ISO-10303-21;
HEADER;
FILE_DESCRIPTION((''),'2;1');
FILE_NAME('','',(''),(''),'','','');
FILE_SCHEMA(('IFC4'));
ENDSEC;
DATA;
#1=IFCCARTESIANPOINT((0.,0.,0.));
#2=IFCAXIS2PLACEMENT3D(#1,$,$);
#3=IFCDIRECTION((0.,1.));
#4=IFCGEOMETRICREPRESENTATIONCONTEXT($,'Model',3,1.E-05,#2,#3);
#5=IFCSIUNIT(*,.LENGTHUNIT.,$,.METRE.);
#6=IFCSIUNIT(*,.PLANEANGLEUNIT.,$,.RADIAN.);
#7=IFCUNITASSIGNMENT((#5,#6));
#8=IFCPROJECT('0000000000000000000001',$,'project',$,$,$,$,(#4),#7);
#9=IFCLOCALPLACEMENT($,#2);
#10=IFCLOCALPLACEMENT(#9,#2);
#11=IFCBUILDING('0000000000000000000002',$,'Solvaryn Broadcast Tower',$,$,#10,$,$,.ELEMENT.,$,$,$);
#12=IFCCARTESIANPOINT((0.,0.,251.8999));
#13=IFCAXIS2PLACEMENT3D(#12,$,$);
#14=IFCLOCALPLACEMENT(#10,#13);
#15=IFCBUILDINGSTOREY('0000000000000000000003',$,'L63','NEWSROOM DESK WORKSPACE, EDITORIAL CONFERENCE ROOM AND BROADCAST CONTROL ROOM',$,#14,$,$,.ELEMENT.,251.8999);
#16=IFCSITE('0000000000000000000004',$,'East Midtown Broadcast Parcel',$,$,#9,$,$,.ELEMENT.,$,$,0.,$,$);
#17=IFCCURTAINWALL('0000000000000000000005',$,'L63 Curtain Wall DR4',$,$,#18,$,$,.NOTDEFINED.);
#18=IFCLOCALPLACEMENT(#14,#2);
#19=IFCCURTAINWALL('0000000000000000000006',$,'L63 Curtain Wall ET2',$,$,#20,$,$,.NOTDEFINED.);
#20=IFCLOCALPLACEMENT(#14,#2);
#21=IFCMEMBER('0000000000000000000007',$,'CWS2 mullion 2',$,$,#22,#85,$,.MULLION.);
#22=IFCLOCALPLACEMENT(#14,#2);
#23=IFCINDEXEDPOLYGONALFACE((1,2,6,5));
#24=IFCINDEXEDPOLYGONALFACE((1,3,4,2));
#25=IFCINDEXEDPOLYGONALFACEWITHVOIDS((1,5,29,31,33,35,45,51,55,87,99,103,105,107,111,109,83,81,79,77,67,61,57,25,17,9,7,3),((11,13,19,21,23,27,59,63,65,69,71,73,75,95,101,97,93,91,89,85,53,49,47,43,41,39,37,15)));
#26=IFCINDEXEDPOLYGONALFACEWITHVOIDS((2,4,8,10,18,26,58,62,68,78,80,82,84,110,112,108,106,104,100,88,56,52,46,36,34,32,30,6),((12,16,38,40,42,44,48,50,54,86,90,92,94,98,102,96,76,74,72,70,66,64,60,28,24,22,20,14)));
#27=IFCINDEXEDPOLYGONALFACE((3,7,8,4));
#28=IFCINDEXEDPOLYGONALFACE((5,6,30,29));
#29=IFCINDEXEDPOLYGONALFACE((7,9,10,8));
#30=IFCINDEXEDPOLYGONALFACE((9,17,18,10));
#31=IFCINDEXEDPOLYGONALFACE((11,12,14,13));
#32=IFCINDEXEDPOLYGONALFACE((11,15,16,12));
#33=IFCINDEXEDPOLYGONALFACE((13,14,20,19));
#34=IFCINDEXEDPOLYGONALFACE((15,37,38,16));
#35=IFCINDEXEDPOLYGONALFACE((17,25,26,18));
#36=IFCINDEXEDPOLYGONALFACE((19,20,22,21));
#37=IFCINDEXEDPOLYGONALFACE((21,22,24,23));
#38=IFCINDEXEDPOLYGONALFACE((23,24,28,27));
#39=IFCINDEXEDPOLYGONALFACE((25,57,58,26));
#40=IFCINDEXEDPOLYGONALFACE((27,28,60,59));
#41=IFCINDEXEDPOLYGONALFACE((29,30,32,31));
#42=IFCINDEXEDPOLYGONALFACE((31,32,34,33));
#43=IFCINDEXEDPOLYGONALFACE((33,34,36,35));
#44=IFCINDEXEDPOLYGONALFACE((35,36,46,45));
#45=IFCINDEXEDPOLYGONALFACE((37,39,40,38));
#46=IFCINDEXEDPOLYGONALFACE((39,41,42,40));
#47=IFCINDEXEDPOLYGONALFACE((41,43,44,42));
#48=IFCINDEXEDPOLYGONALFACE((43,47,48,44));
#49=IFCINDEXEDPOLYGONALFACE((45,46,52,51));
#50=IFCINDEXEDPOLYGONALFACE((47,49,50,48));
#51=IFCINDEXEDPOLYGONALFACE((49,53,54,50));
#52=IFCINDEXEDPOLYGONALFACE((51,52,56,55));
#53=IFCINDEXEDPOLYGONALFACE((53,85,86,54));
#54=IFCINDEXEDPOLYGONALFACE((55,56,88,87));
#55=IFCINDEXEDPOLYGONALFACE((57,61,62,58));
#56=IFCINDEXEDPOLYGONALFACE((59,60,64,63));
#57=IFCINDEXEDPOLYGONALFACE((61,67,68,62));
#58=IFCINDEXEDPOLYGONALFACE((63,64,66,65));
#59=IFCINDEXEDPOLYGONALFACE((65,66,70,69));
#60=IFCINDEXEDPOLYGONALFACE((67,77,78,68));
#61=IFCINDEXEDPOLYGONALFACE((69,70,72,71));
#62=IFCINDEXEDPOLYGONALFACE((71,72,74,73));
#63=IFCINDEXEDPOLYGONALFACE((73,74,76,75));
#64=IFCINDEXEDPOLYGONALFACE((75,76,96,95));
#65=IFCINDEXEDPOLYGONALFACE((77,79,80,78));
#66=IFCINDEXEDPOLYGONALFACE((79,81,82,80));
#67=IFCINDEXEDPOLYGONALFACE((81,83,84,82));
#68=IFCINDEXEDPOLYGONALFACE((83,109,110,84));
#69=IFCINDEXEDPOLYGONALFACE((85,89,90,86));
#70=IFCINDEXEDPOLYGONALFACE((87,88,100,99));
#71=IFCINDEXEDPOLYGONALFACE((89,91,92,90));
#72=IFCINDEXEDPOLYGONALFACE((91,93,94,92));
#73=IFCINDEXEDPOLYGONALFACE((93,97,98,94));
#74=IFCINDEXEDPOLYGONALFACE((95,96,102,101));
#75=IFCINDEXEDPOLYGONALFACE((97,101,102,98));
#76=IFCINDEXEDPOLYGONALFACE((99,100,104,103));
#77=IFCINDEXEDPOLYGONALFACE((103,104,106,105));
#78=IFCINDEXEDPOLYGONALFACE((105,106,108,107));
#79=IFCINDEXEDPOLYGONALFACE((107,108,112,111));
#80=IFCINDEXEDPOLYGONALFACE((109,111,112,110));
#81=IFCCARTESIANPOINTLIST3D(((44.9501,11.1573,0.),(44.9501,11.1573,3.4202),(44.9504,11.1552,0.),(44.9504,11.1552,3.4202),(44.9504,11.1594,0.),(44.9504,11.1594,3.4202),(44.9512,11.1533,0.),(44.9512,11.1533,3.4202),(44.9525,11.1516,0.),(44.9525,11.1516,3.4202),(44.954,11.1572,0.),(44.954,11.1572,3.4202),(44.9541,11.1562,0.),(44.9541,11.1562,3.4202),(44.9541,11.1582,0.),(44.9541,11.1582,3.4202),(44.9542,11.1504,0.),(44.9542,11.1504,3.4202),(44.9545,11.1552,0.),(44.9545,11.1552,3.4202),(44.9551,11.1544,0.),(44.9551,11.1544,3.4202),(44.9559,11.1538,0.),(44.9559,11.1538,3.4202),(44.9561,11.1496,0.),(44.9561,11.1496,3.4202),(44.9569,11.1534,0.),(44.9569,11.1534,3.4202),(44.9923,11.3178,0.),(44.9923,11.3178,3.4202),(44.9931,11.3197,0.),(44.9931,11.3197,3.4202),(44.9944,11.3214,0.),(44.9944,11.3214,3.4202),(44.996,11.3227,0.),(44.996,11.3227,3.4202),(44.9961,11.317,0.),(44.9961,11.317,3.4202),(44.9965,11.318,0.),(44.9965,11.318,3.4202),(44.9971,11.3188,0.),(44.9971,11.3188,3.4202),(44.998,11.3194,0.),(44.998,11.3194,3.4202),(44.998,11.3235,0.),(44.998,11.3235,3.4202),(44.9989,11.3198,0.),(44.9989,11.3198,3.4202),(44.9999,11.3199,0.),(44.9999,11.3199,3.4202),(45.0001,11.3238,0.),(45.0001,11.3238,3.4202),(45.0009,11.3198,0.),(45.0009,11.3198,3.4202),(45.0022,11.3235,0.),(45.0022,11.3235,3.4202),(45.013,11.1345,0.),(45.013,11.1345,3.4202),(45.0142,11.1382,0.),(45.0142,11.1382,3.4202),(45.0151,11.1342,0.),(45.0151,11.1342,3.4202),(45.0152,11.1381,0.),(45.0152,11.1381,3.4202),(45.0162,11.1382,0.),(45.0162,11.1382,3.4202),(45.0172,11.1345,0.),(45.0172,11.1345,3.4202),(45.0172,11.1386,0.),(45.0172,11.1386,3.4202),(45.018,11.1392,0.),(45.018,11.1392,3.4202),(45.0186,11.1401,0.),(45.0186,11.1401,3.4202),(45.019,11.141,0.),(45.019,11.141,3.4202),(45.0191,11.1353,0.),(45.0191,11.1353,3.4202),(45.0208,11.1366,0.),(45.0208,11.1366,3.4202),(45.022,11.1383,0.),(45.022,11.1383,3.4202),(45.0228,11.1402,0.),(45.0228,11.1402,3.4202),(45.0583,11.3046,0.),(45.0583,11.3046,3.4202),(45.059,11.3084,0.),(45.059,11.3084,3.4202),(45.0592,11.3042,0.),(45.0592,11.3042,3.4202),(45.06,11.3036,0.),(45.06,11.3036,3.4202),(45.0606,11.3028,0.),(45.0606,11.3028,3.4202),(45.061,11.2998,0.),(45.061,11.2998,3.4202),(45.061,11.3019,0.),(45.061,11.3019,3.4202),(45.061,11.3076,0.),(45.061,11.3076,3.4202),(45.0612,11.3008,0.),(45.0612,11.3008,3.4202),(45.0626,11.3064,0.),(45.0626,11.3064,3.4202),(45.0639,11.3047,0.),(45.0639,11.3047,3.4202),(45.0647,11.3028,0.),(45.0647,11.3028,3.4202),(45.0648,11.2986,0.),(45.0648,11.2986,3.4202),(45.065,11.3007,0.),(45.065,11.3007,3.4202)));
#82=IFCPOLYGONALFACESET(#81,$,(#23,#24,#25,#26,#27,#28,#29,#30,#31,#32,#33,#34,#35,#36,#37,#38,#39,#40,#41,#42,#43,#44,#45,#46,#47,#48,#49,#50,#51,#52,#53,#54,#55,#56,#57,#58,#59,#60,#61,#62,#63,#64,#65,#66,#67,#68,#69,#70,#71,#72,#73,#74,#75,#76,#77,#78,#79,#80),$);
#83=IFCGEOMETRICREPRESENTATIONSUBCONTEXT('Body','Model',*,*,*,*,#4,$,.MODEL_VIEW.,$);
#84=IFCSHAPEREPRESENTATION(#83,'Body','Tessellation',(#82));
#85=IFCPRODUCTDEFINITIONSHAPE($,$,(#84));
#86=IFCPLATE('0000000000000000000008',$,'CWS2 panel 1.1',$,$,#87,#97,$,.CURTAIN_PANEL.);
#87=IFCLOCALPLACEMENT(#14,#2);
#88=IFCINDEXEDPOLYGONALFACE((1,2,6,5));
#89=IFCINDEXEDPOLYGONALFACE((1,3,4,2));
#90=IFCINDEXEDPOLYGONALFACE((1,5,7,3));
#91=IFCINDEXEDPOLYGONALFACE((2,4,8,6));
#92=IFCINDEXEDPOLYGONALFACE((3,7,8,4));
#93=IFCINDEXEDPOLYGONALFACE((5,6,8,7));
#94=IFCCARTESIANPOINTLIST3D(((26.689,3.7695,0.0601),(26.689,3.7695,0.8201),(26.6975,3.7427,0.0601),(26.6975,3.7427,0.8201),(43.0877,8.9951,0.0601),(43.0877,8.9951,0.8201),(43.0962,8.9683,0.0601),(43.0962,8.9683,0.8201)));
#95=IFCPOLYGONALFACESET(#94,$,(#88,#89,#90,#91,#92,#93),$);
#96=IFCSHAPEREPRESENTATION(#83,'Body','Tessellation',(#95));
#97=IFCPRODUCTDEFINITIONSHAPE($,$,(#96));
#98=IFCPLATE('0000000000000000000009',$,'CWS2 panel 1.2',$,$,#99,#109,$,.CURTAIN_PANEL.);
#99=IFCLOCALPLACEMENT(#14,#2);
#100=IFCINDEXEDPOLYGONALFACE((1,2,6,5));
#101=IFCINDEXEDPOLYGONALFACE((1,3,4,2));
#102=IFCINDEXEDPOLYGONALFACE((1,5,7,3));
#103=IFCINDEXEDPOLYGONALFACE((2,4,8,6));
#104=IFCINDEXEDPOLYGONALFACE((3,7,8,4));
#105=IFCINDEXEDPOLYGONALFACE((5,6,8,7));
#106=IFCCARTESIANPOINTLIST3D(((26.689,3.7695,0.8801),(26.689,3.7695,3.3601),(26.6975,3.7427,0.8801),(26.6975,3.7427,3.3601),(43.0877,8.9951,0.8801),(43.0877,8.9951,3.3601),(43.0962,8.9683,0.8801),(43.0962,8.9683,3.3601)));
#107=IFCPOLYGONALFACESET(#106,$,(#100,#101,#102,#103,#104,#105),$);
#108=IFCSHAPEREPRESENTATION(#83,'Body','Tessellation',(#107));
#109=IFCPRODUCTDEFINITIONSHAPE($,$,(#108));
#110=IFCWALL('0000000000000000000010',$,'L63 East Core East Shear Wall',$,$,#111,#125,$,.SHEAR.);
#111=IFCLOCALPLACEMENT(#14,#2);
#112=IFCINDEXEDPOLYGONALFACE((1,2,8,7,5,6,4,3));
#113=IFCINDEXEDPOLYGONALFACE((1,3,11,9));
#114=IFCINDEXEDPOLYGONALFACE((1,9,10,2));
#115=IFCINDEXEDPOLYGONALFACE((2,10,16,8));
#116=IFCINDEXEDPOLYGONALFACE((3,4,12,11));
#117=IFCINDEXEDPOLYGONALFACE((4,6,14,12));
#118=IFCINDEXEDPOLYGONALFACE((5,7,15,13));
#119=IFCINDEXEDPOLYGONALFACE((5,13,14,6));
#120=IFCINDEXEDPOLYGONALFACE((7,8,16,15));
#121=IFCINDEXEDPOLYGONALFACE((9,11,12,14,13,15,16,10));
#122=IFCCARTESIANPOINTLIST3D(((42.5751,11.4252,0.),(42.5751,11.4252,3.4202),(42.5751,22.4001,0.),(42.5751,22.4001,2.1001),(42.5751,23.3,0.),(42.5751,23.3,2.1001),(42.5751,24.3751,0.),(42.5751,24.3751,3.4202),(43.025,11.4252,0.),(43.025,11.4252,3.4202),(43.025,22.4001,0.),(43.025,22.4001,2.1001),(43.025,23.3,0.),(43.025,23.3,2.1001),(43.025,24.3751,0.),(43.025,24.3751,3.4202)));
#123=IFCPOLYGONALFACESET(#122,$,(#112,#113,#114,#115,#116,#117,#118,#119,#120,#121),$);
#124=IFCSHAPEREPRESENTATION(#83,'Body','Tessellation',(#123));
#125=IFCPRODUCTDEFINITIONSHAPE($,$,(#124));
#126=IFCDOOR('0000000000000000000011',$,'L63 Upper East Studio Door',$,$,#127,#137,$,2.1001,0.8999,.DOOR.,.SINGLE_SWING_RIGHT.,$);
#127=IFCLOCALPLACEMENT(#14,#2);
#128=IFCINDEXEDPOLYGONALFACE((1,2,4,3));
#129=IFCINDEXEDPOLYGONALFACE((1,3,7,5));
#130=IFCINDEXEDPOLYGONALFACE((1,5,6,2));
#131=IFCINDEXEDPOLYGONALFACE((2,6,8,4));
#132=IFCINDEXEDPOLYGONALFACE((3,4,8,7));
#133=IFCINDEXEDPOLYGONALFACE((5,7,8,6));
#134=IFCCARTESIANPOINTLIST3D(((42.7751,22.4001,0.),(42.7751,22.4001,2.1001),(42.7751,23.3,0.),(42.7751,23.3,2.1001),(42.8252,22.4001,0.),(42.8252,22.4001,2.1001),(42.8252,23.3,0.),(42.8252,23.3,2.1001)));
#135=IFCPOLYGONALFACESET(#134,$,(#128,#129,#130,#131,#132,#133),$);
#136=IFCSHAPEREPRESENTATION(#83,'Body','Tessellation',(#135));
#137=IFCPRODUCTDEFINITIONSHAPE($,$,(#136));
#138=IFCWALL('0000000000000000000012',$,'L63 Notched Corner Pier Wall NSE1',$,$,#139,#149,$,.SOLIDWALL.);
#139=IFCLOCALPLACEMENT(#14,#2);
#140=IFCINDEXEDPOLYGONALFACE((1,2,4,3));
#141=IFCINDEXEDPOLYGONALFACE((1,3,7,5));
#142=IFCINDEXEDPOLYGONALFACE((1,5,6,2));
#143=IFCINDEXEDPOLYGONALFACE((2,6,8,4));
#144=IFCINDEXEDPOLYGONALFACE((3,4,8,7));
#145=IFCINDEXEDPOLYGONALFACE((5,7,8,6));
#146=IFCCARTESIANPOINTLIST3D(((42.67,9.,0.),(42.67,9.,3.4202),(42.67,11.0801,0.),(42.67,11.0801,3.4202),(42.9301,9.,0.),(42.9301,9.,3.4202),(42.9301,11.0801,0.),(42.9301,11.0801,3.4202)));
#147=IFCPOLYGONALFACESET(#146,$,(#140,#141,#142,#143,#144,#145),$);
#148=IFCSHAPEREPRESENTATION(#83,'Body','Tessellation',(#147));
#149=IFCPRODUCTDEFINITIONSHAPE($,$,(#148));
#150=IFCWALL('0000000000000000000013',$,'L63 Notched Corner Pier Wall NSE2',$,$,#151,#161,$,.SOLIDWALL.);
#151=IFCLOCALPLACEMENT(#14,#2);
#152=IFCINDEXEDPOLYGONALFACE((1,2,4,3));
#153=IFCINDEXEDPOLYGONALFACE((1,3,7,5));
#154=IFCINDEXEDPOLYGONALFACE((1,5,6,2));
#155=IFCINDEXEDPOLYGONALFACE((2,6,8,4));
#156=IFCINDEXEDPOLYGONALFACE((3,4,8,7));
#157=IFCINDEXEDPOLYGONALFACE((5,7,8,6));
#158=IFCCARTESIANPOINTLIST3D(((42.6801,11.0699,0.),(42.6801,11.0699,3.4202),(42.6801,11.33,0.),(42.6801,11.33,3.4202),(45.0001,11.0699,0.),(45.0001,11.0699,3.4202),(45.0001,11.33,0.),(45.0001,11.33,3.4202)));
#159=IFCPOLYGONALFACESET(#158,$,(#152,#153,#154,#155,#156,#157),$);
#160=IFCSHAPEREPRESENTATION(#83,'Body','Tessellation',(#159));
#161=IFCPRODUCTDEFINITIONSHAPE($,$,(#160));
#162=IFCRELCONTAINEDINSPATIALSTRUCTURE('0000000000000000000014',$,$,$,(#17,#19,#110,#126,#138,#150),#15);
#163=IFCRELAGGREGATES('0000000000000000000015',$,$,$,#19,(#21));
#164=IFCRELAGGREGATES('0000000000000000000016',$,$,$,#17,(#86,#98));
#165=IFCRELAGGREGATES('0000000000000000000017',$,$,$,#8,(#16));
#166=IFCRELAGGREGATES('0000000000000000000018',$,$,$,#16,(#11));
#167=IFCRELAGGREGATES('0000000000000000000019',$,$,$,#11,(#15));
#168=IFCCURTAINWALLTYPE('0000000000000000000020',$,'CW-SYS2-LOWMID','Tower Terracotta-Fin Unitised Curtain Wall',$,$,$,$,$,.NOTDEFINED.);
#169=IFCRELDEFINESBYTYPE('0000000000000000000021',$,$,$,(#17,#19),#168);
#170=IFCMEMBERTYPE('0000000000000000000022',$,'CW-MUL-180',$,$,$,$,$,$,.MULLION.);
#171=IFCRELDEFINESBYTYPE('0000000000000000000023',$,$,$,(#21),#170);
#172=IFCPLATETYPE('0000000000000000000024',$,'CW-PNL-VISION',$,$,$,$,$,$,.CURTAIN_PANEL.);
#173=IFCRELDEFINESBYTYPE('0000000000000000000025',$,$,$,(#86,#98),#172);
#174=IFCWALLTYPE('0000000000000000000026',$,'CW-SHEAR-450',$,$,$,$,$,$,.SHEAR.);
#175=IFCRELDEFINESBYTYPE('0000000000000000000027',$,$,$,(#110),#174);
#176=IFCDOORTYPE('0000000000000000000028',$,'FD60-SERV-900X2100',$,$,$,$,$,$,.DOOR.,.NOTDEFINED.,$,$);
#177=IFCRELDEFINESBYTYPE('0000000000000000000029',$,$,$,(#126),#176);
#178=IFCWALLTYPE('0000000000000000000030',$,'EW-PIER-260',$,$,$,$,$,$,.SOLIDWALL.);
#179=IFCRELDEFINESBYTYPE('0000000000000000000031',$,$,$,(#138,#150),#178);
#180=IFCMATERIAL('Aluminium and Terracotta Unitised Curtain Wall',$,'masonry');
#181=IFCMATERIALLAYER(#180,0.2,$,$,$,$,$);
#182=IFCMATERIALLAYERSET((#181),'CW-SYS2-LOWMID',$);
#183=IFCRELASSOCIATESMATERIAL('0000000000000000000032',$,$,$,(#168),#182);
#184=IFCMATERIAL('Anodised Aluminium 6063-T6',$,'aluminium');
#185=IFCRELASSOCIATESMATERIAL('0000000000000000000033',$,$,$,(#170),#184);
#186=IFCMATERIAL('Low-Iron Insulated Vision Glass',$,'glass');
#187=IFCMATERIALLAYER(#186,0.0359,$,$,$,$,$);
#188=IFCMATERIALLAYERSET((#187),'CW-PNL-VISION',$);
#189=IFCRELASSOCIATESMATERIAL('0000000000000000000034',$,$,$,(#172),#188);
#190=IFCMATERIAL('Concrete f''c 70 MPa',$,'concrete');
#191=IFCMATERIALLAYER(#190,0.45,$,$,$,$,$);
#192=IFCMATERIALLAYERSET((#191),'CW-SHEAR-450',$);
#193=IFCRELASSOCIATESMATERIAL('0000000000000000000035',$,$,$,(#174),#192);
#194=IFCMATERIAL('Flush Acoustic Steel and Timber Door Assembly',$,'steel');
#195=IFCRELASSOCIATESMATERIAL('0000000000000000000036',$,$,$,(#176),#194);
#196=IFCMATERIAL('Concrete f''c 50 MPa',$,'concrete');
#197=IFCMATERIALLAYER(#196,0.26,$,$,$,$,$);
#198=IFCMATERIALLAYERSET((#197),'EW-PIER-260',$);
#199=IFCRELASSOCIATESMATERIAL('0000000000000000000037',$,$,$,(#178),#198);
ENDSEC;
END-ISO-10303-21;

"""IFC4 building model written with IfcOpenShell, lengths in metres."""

from ifc_helpers import new_model, si_unit, direction, frame, frame_2d, origin, origin_2d, place, context, subcontext, project, spatial, rectangle, hollow_rectangle, extrude, material, layer, layer_set, material_profile, profile_set, type_object, element, fill, aggregate, save


model = new_model("IFC4")

# Units and contexts
model_context = context("Model", 3, precision=1e-05, world=origin(), true_north=direction((0.0, 1.0)))
body_context = subcontext(model_context, "Body", "Model", "MODEL_VIEW")
ifc_project = project(units=[si_unit("LENGTHUNIT", "METRE"), si_unit("PLANEANGLEUNIT", "RADIAN")], contexts=[model_context])

# Site, building, storey
site_placement = place(None, origin())
site = spatial("IfcSite", under=ifc_project, at=site_placement, Name="East Midtown Broadcast Parcel", CompositionType="ELEMENT", RefElevation=0.0)
building_placement = place(site_placement, origin())
building = spatial("IfcBuilding", under=site, at=building_placement, Name="Solvaryn Broadcast Tower", CompositionType="ELEMENT")
storey_placement = place(building_placement, frame((0.0, 0.0, 251.8999)))
storey = spatial("IfcBuildingStorey", under=building, at=storey_placement, Name="L63", Description="NEWSROOM DESK WORKSPACE, EDITORIAL CONFERENCE ROOM AND BROADCAST CONTROL ROOM", CompositionType="ELEMENT", Elevation=251.8999)

# Curtain walls, member
ifc_material_1 = material(Name="Aluminium and Terracotta Unitised Curtain Wall", Category="masonry")
ifc_layer_1 = layer(ifc_material_1, 0.2)
ifc_layer_set_1 = layer_set([ifc_layer_1], Name="CW-SYS2-LOWMID")
curtain_wall_type = type_object("IfcCurtainWallType", Name="CW-SYS2-LOWMID", Description="Tower Terracotta-Fin Unitised Curtain Wall", PredefinedType="NOTDEFINED", material=ifc_layer_set_1)
curtain_wall_1_placement = place(storey_placement, origin())
curtain_wall_1 = element("IfcCurtainWall", 1, at=curtain_wall_1_placement, inside=storey, type_object=curtain_wall_type, Name="L63 Curtain Wall DR4", PredefinedType="NOTDEFINED")
ifc_material_2 = material(Name="Anodised Aluminium 6063-T6", Category="aluminium")
ifc_material_profile_1 = material_profile(ifc_material_2, hollow_rectangle(XDim=0.075, YDim=0.1799, WallThickness=0.0039, InnerFilletRadius=0.0039, OuterFilletRadius=0.0081, at=origin_2d()))
ifc_profile_set_1 = profile_set([ifc_material_profile_1], Name="Anodised Aluminium 6063-T6")
member_type = type_object("IfcMemberType", Name="CW-MUL-180", PredefinedType="MULLION", material=ifc_profile_set_1)
curtain_wall_2_placement = place(storey_placement, origin())
curtain_wall_2 = element("IfcCurtainWall", 2, at=curtain_wall_2_placement, inside=storey, type_object=curtain_wall_type, Name="L63 Curtain Wall ET2", PredefinedType="NOTDEFINED")
member_1_placement = place(storey_placement, frame((45.0076, 11.229, 0.0), z_axis=(0.0, 0.0, 1.0), x_axis=(0.966705, -0.255893, 0.0)))
member_1 = element("IfcMember", 3, at=member_1_placement, type_object=member_type, Name="CWS2 mullion 2", PredefinedType="MULLION", context=body_context, shape_type="SweptSolid", body=[
    extrude(hollow_rectangle(XDim=0.075, YDim=0.1799, WallThickness=0.0039, InnerFilletRadius=0.0039, OuterFilletRadius=0.0081, at=origin_2d()), origin(), (0.0, 0.0, 1.0), 3.4202),
])
aggregate(curtain_wall_2, [member_1])

# Plates
ifc_material_3 = material(Name="Low-Iron Insulated Vision Glass", Category="glass")
ifc_layer_2 = layer(ifc_material_3, 0.0359)
ifc_layer_set_2 = layer_set([ifc_layer_2], Name="CW-PNL-VISION")
plate_type = type_object("IfcPlateType", Name="CW-PNL-VISION", PredefinedType="CURTAIN_PANEL", material=ifc_layer_set_2)
plate_1_placement = place(storey_placement, frame((34.8926, 6.3689, 0.0601), z_axis=(0.0, 0.0, 1.0), x_axis=(0.952795, 0.303616, 0.0)))
plate_1 = element("IfcPlate", 4, at=plate_1_placement, type_object=plate_type, Name="CWS2 panel 1.1", PredefinedType="CURTAIN_PANEL", context=body_context, shape_type="SweptSolid", body=[
    extrude(rectangle(XDim=17.2112, YDim=0.0281, at=origin_2d()), origin(), (0.0, 0.0, 1.0), 0.76),
])
plate_2_placement = place(storey_placement, frame((34.8926, 6.3689, 0.8801), z_axis=(0.0, 0.0, 1.0), x_axis=(0.952795, 0.303616, 0.0)))
plate_2 = element("IfcPlate", 5, at=plate_2_placement, type_object=plate_type, Name="CWS2 panel 1.2", PredefinedType="CURTAIN_PANEL", context=body_context, shape_type="SweptSolid", body=[
    extrude(rectangle(XDim=17.2112, YDim=0.0281, at=origin_2d()), origin(), (0.0, 0.0, 1.0), 2.48),
])
aggregate(curtain_wall_1, [plate_1, plate_2])

# Wall, opening, door
ifc_material_4 = material(Name="Concrete f'c 70 MPa", Category="concrete")
ifc_layer_3 = layer(ifc_material_4, 0.45)
ifc_layer_set_3 = layer_set([ifc_layer_3], Name="CW-SHEAR-450")
wall_type_1 = type_object("IfcWallType", Name="CW-SHEAR-450", PredefinedType="SHEAR", material=ifc_layer_set_3)
wall_1_placement = place(storey_placement, frame((42.8, 11.425, 0.0), z_axis=(0.0, 0.0, 1.0), x_axis=(0.0, 1.0, 0.0)))
wall_1 = element("IfcWall", 6, at=wall_1_placement, inside=storey, type_object=wall_type_1, Name="L63 East Core East Shear Wall", PredefinedType="SHEAR", context=body_context, shape_type="SweptSolid", body=[
    extrude(rectangle(XDim=12.95, YDim=0.45, at=frame_2d((6.4751, 0.0))), origin(), (0.0, 0.0, 1.0), 3.4202),
])
opening_1_placement = place(wall_1_placement, frame((10.9751, 0.0, 0.0)))
opening_1 = element("IfcOpeningElement", 7, at=opening_1_placement, cuts=wall_1, PredefinedType="OPENING", context=body_context, shape_type="SweptSolid", body=[
    extrude(rectangle(XDim=0.8999, YDim=2.1001, at=frame_2d((0.45, 1.05))), frame((0.0, 0.2351, 0.0), z_axis=(0.0, -1.0, 0.0), x_axis=(1.0, 0.0, 0.0)), (0.0, 0.0, 1.0), 0.47),
])
ifc_material_5 = material(Name="Flush Acoustic Steel and Timber Door Assembly", Category="steel")
door_type = type_object("IfcDoorType", Name="FD60-SERV-900X2100", OperationType="NOTDEFINED", PredefinedType="DOOR", material=ifc_material_5)
door_1_placement = place(opening_1_placement, origin())
door_1 = element("IfcDoor", 8, at=door_1_placement, inside=storey, type_object=door_type, Name="L63 Upper East Studio Door", OperationType="SINGLE_SWING_RIGHT", OverallHeight=2.1001, OverallWidth=0.8999, PredefinedType="DOOR", context=body_context, shape_type="SweptSolid", body=[
    extrude(rectangle(XDim=0.8999, YDim=2.1001, at=frame_2d((0.45, 1.05))), frame((0.0, 0.0249, 0.0), z_axis=(0.0, -1.0, 0.0), x_axis=(1.0, 0.0, 0.0)), (0.0, 0.0, 1.0), 0.05),
])
fill(opening_1, door_1)

# Walls
ifc_material_6 = material(Name="Concrete f'c 50 MPa", Category="concrete")
ifc_layer_4 = layer(ifc_material_6, 0.26)
ifc_layer_set_4 = layer_set([ifc_layer_4], Name="EW-PIER-260")
wall_type_2 = type_object("IfcWallType", Name="EW-PIER-260", PredefinedType="SOLIDWALL", material=ifc_layer_set_4)
wall_2_placement = place(storey_placement, frame((42.8, 9.0, 0.0), z_axis=(0.0, 0.0, 1.0), x_axis=(0.0, 1.0, 0.0)))
element("IfcWall", 9, at=wall_2_placement, inside=storey, type_object=wall_type_2, Name="L63 Notched Corner Pier Wall NSE1", PredefinedType="SOLIDWALL", context=body_context, shape_type="SweptSolid", body=[
    extrude(rectangle(XDim=2.0801, YDim=0.26, at=frame_2d((1.04, 0.0))), origin(), (0.0, 0.0, 1.0), 3.4202),
])
wall_3_placement = place(storey_placement, frame((42.6799, 11.2, 0.0), z_axis=(0.0, 0.0, 1.0), x_axis=(1.0, 0.0, 0.0)))
element("IfcWall", 10, at=wall_3_placement, inside=storey, type_object=wall_type_2, Name="L63 Notched Corner Pier Wall NSE2", PredefinedType="SOLIDWALL", context=body_context, shape_type="SweptSolid", body=[
    extrude(rectangle(XDim=2.3201, YDim=0.26, at=frame_2d((1.1602, 0.0))), origin(), (0.0, 0.0, 1.0), 3.4202),
])

save(model, "model.ifc")
